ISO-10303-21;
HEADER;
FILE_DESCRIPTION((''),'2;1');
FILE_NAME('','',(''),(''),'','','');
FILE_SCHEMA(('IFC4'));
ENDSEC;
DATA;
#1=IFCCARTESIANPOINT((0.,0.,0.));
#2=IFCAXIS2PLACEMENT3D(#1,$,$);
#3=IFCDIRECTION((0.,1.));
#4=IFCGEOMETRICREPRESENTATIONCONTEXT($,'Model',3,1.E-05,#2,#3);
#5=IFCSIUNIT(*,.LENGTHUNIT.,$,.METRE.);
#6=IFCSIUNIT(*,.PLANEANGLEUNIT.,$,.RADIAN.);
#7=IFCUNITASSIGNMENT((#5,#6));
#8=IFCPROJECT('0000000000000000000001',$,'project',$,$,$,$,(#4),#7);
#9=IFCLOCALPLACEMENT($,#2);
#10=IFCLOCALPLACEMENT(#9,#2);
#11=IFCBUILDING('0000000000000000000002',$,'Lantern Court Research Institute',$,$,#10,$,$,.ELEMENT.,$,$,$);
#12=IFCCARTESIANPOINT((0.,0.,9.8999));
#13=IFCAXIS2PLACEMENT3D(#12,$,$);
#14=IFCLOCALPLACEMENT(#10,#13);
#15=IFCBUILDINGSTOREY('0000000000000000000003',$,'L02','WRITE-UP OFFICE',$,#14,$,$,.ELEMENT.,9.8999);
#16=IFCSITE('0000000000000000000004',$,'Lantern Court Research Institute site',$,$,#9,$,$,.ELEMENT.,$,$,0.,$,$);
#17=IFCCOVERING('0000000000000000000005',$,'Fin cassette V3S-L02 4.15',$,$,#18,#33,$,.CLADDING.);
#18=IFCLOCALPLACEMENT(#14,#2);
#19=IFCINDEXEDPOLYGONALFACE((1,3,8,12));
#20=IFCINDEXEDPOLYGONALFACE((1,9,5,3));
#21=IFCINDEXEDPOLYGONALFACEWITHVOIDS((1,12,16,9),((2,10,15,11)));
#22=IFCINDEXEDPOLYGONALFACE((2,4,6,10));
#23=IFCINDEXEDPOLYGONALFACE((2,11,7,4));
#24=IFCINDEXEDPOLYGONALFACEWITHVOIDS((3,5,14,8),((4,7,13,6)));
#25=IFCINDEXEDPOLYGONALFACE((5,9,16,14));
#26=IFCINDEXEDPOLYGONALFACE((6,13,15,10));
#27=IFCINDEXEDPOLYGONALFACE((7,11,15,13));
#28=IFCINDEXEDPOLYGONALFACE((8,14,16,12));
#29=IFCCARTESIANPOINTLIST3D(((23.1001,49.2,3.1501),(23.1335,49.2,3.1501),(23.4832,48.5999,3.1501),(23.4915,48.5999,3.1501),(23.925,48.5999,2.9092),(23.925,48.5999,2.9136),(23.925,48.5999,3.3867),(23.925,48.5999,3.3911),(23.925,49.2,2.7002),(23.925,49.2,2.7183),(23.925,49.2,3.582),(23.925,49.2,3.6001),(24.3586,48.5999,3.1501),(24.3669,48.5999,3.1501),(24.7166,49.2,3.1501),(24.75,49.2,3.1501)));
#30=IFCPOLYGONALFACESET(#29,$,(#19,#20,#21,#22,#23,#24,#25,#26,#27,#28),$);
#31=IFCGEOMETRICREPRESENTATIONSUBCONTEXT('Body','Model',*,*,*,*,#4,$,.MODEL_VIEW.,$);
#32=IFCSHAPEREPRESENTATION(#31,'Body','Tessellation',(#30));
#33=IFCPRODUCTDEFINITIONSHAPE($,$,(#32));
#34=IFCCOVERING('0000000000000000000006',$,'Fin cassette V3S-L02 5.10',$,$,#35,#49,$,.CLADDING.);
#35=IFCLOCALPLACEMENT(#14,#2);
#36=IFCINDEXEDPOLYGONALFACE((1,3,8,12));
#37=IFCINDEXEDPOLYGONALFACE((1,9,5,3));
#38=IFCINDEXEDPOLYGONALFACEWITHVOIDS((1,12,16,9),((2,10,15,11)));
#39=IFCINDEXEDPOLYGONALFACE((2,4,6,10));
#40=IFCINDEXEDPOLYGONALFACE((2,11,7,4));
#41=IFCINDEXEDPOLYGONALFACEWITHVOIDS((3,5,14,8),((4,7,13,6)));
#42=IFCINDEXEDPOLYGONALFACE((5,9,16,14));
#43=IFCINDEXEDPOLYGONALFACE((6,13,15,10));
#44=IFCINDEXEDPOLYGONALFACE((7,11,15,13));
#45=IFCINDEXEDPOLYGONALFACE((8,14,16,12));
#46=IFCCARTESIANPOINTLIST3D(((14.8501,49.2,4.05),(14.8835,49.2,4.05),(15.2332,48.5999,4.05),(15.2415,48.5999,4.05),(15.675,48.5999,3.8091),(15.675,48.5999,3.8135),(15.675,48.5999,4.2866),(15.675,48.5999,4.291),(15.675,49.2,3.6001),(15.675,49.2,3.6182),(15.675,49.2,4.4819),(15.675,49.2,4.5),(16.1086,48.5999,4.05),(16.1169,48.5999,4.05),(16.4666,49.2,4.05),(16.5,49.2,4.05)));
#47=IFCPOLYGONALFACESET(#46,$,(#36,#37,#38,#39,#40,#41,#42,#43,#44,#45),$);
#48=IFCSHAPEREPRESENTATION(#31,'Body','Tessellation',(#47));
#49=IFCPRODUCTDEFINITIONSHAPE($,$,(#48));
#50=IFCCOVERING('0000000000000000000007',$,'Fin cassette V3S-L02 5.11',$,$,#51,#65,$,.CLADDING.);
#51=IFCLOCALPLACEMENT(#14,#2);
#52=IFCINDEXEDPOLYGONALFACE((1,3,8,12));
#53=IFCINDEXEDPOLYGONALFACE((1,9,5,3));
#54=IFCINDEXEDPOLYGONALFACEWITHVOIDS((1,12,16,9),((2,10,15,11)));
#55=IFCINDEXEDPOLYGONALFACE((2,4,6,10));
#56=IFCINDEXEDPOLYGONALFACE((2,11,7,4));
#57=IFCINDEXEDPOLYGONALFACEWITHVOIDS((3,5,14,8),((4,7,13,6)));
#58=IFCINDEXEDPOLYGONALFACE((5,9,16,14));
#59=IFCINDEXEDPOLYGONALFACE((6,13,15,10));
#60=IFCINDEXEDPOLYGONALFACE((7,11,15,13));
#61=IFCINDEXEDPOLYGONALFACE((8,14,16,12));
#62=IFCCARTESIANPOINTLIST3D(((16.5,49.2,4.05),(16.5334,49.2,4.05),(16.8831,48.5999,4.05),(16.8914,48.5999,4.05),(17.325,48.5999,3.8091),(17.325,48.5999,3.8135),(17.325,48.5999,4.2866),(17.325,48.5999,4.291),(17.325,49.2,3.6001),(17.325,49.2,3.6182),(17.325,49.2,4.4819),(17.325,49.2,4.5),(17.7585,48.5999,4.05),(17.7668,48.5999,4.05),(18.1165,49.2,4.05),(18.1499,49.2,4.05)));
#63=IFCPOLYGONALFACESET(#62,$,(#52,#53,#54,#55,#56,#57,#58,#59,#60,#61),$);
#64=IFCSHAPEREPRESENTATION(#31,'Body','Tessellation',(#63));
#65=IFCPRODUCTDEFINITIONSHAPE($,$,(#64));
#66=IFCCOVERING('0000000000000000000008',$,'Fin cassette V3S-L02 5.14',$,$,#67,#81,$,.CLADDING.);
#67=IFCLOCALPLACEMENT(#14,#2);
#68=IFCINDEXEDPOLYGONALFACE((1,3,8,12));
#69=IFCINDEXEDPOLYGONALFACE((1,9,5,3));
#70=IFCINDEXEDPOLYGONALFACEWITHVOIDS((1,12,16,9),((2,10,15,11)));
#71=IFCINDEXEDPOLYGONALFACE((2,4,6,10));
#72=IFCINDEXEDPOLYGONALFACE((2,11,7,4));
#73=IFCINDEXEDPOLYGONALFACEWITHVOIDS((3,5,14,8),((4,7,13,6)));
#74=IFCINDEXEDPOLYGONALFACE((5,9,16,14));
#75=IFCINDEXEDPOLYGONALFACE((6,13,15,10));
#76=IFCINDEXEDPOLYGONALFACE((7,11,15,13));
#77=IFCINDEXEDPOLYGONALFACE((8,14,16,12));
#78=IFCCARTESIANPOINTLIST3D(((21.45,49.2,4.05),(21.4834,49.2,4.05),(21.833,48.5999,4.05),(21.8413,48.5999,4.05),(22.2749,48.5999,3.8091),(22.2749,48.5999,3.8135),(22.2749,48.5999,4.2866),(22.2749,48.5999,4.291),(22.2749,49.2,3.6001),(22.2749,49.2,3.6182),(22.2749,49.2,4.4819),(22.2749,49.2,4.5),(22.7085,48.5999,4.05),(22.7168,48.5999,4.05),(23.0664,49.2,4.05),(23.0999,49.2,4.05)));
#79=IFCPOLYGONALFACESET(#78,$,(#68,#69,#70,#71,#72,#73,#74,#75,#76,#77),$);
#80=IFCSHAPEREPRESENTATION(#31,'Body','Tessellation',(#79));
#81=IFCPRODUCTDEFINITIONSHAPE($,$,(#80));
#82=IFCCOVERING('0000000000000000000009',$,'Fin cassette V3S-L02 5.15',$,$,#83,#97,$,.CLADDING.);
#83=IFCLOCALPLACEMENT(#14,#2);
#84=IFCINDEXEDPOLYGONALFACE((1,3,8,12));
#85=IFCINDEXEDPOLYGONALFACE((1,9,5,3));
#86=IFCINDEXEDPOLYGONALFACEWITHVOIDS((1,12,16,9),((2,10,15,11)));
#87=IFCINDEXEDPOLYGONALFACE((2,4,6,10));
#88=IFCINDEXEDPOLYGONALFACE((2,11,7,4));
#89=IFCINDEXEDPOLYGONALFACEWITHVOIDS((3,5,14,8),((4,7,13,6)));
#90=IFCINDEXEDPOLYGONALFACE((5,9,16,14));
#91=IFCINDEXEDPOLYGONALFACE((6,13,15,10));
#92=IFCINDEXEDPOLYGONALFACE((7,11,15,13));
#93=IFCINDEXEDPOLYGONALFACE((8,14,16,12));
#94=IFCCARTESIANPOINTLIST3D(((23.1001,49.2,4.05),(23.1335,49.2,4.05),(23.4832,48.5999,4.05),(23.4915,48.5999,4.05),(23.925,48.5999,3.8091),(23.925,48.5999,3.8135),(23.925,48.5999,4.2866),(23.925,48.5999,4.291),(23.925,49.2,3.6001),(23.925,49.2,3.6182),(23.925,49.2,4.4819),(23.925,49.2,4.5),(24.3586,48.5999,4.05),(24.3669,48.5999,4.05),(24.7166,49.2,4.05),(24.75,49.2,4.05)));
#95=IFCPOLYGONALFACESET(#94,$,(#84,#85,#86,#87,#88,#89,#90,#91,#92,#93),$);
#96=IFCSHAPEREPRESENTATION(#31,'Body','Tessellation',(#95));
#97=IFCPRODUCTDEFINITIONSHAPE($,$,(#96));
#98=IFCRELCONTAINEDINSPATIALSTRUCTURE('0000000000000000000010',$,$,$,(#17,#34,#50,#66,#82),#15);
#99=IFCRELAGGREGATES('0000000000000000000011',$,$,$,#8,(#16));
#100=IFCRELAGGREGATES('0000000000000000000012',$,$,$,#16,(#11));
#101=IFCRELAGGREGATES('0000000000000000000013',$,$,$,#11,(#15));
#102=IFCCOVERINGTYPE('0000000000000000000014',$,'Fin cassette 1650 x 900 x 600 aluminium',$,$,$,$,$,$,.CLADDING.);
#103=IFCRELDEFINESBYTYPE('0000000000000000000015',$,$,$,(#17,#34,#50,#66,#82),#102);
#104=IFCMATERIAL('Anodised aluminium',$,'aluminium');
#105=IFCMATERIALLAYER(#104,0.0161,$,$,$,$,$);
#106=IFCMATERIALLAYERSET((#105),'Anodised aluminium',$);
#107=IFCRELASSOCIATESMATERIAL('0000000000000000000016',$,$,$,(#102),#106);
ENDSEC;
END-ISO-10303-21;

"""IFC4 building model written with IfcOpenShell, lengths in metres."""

from ifc_helpers import new_model, entity, si_unit, direction, frame, origin, place, context, subcontext, project, spatial, material, layer, layer_set, type_object, element, save


model = new_model("IFC4")

# Units and contexts
model_context = context("Model", 3, precision=1e-05, world=origin(), true_north=direction((0.0, 1.0)))
body_context = subcontext(model_context, "Body", "Model", "MODEL_VIEW")
ifc_project = project(units=[si_unit("LENGTHUNIT", "METRE"), si_unit("PLANEANGLEUNIT", "RADIAN")], contexts=[model_context])

# Site, building, storey
site_placement = place(None, origin())
site = spatial("IfcSite", under=ifc_project, at=site_placement, Name="Lantern Court Research Institute site", CompositionType="ELEMENT", RefElevation=0.0)
building_placement = place(site_placement, origin())
building = spatial("IfcBuilding", under=site, at=building_placement, Name="Lantern Court Research Institute", CompositionType="ELEMENT")
storey_placement = place(building_placement, frame((0.0, 0.0, 9.8999)))
storey = spatial("IfcBuildingStorey", under=building, at=storey_placement, Name="L02", Description="WRITE-UP OFFICE", CompositionType="ELEMENT", Elevation=9.8999)

# Coverings
ifc_material_1 = material(Name="Anodised aluminium", Category="aluminium")
ifc_layer_1 = layer(ifc_material_1, 0.0161)
ifc_layer_set_1 = layer_set([ifc_layer_1], Name="Anodised aluminium")
covering_type_1 = type_object("IfcCoveringType", Name="Fin cassette 1650 x 900 x 600 aluminium", PredefinedType="CLADDING", material=ifc_layer_set_1)
covering_1_placement = place(storey_placement, frame((23.925, 49.2, 3.1501), z_axis=(0.0, -1.0, 0.0), x_axis=(1.0, 0.0, 0.0)))
cartesian_point_1 = entity("IfcCartesianPoint", [0.825, 0.0])
cartesian_point_2 = entity("IfcCartesianPoint", [0.7915, 0.0])
cartesian_point_3 = entity("IfcCartesianPoint", [0.4419, 0.0])
cartesian_point_4 = entity("IfcCartesianPoint", [0.4336, 0.0])
element("IfcCovering", 1, at=covering_1_placement, inside=storey, type_object=covering_type_1, Name="Fin cassette V3S-L02 4.15", PredefinedType="CLADDING", context=body_context, shape_type="SweptSolid", body=[
    entity("IfcExtrudedAreaSolidTapered", entity("IfcArbitraryProfileDefWithVoids", "AREA", None, entity("IfcPolyline", [cartesian_point_1, entity("IfcCartesianPoint", [0.0, 0.45]), entity("IfcCartesianPoint", [-0.825, 0.0]), entity("IfcCartesianPoint", [0.0, -0.45]), cartesian_point_1]), [entity("IfcPolyline", [cartesian_point_2, entity("IfcCartesianPoint", [0.0, 0.4319]), entity("IfcCartesianPoint", [-0.7915, 0.0]), entity("IfcCartesianPoint", [0.0, -0.4319]), cartesian_point_2])]), entity("IfcAxis2Placement3D", entity("IfcCartesianPoint", [0.0, 0.0, 0.0])), entity("IfcDirection", [0.0, 0.0, 1.0]), 0.6001, entity("IfcArbitraryProfileDefWithVoids", "AREA", None, entity("IfcPolyline", [cartesian_point_3, entity("IfcCartesianPoint", [0.0, 0.241]), entity("IfcCartesianPoint", [-0.4419, 0.0]), entity("IfcCartesianPoint", [0.0, -0.241]), cartesian_point_3]), [entity("IfcPolyline", [cartesian_point_4, entity("IfcCartesianPoint", [0.0, 0.2366]), entity("IfcCartesianPoint", [-0.4336, 0.0]), entity("IfcCartesianPoint", [0.0, -0.2366]), cartesian_point_4])])),
])
covering_2_placement = place(storey_placement, frame((15.675, 49.2, 4.05), z_axis=(0.0, -1.0, 0.0), x_axis=(1.0, 0.0, 0.0)))
cartesian_point_5 = entity("IfcCartesianPoint", [0.825, 0.0])
cartesian_point_6 = entity("IfcCartesianPoint", [0.7915, 0.0])
cartesian_point_7 = entity("IfcCartesianPoint", [0.4419, 0.0])
cartesian_point_8 = entity("IfcCartesianPoint", [0.4336, 0.0])
element("IfcCovering", 2, at=covering_2_placement, inside=storey, type_object=covering_type_1, Name="Fin cassette V3S-L02 5.10", PredefinedType="CLADDING", context=body_context, shape_type="SweptSolid", body=[
    entity("IfcExtrudedAreaSolidTapered", entity("IfcArbitraryProfileDefWithVoids", "AREA", None, entity("IfcPolyline", [cartesian_point_5, entity("IfcCartesianPoint", [0.0, 0.45]), entity("IfcCartesianPoint", [-0.825, 0.0]), entity("IfcCartesianPoint", [0.0, -0.45]), cartesian_point_5]), [entity("IfcPolyline", [cartesian_point_6, entity("IfcCartesianPoint", [0.0, 0.4319]), entity("IfcCartesianPoint", [-0.7915, 0.0]), entity("IfcCartesianPoint", [0.0, -0.4319]), cartesian_point_6])]), entity("IfcAxis2Placement3D", entity("IfcCartesianPoint", [0.0, 0.0, 0.0])), entity("IfcDirection", [0.0, 0.0, 1.0]), 0.6001, entity("IfcArbitraryProfileDefWithVoids", "AREA", None, entity("IfcPolyline", [cartesian_point_7, entity("IfcCartesianPoint", [0.0, 0.241]), entity("IfcCartesianPoint", [-0.4419, 0.0]), entity("IfcCartesianPoint", [0.0, -0.241]), cartesian_point_7]), [entity("IfcPolyline", [cartesian_point_8, entity("IfcCartesianPoint", [0.0, 0.2366]), entity("IfcCartesianPoint", [-0.4336, 0.0]), entity("IfcCartesianPoint", [0.0, -0.2366]), cartesian_point_8])])),
])
covering_3_placement = place(storey_placement, frame((17.325, 49.2, 4.05), z_axis=(0.0, -1.0, 0.0), x_axis=(1.0, 0.0, 0.0)))
cartesian_point_9 = entity("IfcCartesianPoint", [0.825, 0.0])
cartesian_point_10 = entity("IfcCartesianPoint", [0.7915, 0.0])
cartesian_point_11 = entity("IfcCartesianPoint", [0.4419, 0.0])
cartesian_point_12 = entity("IfcCartesianPoint", [0.4336, 0.0])
element("IfcCovering", 3, at=covering_3_placement, inside=storey, type_object=covering_type_1, Name="Fin cassette V3S-L02 5.11", PredefinedType="CLADDING", context=body_context, shape_type="SweptSolid", body=[
    entity("IfcExtrudedAreaSolidTapered", entity("IfcArbitraryProfileDefWithVoids", "AREA", None, entity("IfcPolyline", [cartesian_point_9, entity("IfcCartesianPoint", [0.0, 0.45]), entity("IfcCartesianPoint", [-0.825, 0.0]), entity("IfcCartesianPoint", [0.0, -0.45]), cartesian_point_9]), [entity("IfcPolyline", [cartesian_point_10, entity("IfcCartesianPoint", [0.0, 0.4319]), entity("IfcCartesianPoint", [-0.7915, 0.0]), entity("IfcCartesianPoint", [0.0, -0.4319]), cartesian_point_10])]), entity("IfcAxis2Placement3D", entity("IfcCartesianPoint", [0.0, 0.0, 0.0])), entity("IfcDirection", [0.0, 0.0, 1.0]), 0.6001, entity("IfcArbitraryProfileDefWithVoids", "AREA", None, entity("IfcPolyline", [cartesian_point_11, entity("IfcCartesianPoint", [0.0, 0.241]), entity("IfcCartesianPoint", [-0.4419, 0.0]), entity("IfcCartesianPoint", [0.0, -0.241]), cartesian_point_11]), [entity("IfcPolyline", [cartesian_point_12, entity("IfcCartesianPoint", [0.0, 0.2366]), entity("IfcCartesianPoint", [-0.4336, 0.0]), entity("IfcCartesianPoint", [0.0, -0.2366]), cartesian_point_12])])),
])
covering_4_placement = place(storey_placement, frame((22.2749, 49.2, 4.05), z_axis=(0.0, -1.0, 0.0), x_axis=(1.0, 0.0, 0.0)))
cartesian_point_13 = entity("IfcCartesianPoint", [0.825, 0.0])
cartesian_point_14 = entity("IfcCartesianPoint", [0.7915, 0.0])
cartesian_point_15 = entity("IfcCartesianPoint", [0.4419, 0.0])
cartesian_point_16 = entity("IfcCartesianPoint", [0.4336, 0.0])
element("IfcCovering", 4, at=covering_4_placement, inside=storey, type_object=covering_type_1, Name="Fin cassette V3S-L02 5.14", PredefinedType="CLADDING", context=body_context, shape_type="SweptSolid", body=[
    entity("IfcExtrudedAreaSolidTapered", entity("IfcArbitraryProfileDefWithVoids", "AREA", None, entity("IfcPolyline", [cartesian_point_13, entity("IfcCartesianPoint", [0.0, 0.45]), entity("IfcCartesianPoint", [-0.825, 0.0]), entity("IfcCartesianPoint", [0.0, -0.45]), cartesian_point_13]), [entity("IfcPolyline", [cartesian_point_14, entity("IfcCartesianPoint", [0.0, 0.4319]), entity("IfcCartesianPoint", [-0.7915, 0.0]), entity("IfcCartesianPoint", [0.0, -0.4319]), cartesian_point_14])]), entity("IfcAxis2Placement3D", entity("IfcCartesianPoint", [0.0, 0.0, 0.0])), entity("IfcDirection", [0.0, 0.0, 1.0]), 0.6001, entity("IfcArbitraryProfileDefWithVoids", "AREA", None, entity("IfcPolyline", [cartesian_point_15, entity("IfcCartesianPoint", [0.0, 0.241]), entity("IfcCartesianPoint", [-0.4419, 0.0]), entity("IfcCartesianPoint", [0.0, -0.241]), cartesian_point_15]), [entity("IfcPolyline", [cartesian_point_16, entity("IfcCartesianPoint", [0.0, 0.2366]), entity("IfcCartesianPoint", [-0.4336, 0.0]), entity("IfcCartesianPoint", [0.0, -0.2366]), cartesian_point_16])])),
])
covering_5_placement = place(storey_placement, frame((23.925, 49.2, 4.05), z_axis=(0.0, -1.0, 0.0), x_axis=(1.0, 0.0, 0.0)))
cartesian_point_17 = entity("IfcCartesianPoint", [0.825, 0.0])
cartesian_point_18 = entity("IfcCartesianPoint", [0.7915, 0.0])
cartesian_point_19 = entity("IfcCartesianPoint", [0.4419, 0.0])
cartesian_point_20 = entity("IfcCartesianPoint", [0.4336, 0.0])
element("IfcCovering", 5, at=covering_5_placement, inside=storey, type_object=covering_type_1, Name="Fin cassette V3S-L02 5.15", PredefinedType="CLADDING", context=body_context, shape_type="SweptSolid", body=[
    entity("IfcExtrudedAreaSolidTapered", entity("IfcArbitraryProfileDefWithVoids", "AREA", None, entity("IfcPolyline", [cartesian_point_17, entity("IfcCartesianPoint", [0.0, 0.45]), entity("IfcCartesianPoint", [-0.825, 0.0]), entity("IfcCartesianPoint", [0.0, -0.45]), cartesian_point_17]), [entity("IfcPolyline", [cartesian_point_18, entity("IfcCartesianPoint", [0.0, 0.4319]), entity("IfcCartesianPoint", [-0.7915, 0.0]), entity("IfcCartesianPoint", [0.0, -0.4319]), cartesian_point_18])]), entity("IfcAxis2Placement3D", entity("IfcCartesianPoint", [0.0, 0.0, 0.0])), entity("IfcDirection", [0.0, 0.0, 1.0]), 0.6001, entity("IfcArbitraryProfileDefWithVoids", "AREA", None, entity("IfcPolyline", [cartesian_point_19, entity("IfcCartesianPoint", [0.0, 0.241]), entity("IfcCartesianPoint", [-0.4419, 0.0]), entity("IfcCartesianPoint", [0.0, -0.241]), cartesian_point_19]), [entity("IfcPolyline", [cartesian_point_20, entity("IfcCartesianPoint", [0.0, 0.2366]), entity("IfcCartesianPoint", [-0.4336, 0.0]), entity("IfcCartesianPoint", [0.0, -0.2366]), cartesian_point_20])])),
])

save(model, "model.ifc")
